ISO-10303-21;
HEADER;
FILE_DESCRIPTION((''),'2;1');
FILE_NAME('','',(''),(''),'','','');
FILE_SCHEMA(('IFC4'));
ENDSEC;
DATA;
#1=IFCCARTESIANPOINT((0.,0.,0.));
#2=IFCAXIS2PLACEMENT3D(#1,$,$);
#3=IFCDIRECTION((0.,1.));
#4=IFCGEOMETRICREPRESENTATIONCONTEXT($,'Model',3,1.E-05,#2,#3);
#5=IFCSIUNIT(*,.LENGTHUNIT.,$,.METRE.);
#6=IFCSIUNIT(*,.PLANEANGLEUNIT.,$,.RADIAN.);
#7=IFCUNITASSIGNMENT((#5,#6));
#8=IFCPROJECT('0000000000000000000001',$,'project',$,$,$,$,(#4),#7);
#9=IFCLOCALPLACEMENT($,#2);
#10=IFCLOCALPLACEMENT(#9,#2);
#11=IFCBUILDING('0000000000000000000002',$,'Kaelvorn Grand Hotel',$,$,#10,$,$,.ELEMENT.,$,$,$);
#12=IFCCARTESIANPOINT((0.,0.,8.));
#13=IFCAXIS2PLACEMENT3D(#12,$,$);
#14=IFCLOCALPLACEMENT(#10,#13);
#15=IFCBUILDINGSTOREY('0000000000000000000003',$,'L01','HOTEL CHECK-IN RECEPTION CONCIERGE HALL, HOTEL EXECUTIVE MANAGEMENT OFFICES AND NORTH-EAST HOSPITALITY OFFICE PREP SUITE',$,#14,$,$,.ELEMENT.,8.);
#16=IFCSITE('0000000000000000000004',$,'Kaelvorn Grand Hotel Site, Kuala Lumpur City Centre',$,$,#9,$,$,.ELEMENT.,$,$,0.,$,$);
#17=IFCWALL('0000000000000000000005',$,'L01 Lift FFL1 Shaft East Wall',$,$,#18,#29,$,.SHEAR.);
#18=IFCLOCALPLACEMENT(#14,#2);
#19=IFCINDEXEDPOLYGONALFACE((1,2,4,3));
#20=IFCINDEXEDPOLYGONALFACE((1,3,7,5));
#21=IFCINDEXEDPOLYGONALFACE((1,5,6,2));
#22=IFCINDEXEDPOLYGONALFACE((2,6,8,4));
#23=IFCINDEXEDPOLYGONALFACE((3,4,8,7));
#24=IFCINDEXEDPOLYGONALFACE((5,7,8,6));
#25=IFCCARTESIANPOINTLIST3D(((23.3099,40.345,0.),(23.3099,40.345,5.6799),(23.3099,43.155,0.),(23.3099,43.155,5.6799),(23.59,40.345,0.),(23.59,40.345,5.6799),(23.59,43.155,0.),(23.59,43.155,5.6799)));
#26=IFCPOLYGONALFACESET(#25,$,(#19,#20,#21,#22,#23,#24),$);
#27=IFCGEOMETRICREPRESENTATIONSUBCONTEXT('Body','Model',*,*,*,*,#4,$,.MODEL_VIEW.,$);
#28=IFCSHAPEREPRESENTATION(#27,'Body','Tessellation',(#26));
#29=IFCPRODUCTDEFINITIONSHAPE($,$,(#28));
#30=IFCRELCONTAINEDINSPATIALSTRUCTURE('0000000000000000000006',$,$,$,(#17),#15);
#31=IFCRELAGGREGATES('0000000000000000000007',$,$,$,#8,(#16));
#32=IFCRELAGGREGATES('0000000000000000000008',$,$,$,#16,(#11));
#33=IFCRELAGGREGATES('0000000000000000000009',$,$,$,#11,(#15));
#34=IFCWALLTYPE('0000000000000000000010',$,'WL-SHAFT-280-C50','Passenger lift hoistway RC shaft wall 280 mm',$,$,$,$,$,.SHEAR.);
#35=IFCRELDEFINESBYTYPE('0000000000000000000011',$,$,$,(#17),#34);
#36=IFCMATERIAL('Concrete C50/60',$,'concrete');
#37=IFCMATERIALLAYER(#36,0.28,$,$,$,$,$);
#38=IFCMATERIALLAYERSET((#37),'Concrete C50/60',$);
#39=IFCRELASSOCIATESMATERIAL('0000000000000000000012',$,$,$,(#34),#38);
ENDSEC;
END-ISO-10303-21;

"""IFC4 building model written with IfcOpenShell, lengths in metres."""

from ifc_helpers import new_model, si_unit, direction, frame, frame_2d, origin, place, context, subcontext, project, spatial, rectangle, extrude, material, layer, layer_set, type_object, element, save


model = new_model("IFC4")

# Units and contexts
model_context = context("Model", 3, precision=1e-05, world=origin(), true_north=direction((0.0, 1.0)))
body_context = subcontext(model_context, "Body", "Model", "MODEL_VIEW")
ifc_project = project(units=[si_unit("LENGTHUNIT", "METRE"), si_unit("PLANEANGLEUNIT", "RADIAN")], contexts=[model_context])

# Site, building, storey
site_placement = place(None, origin())
site = spatial("IfcSite", under=ifc_project, at=site_placement, Name="Kaelvorn Grand Hotel Site, Kuala Lumpur City Centre", CompositionType="ELEMENT", RefElevation=0.0)
building_placement = place(site_placement, origin())
building = spatial("IfcBuilding", under=site, at=building_placement, Name="Kaelvorn Grand Hotel", CompositionType="ELEMENT")
storey_placement = place(building_placement, frame((0.0, 0.0, 8.0)))
storey = spatial("IfcBuildingStorey", under=building, at=storey_placement, Name="L01", Description="HOTEL CHECK-IN RECEPTION CONCIERGE HALL, HOTEL EXECUTIVE MANAGEMENT OFFICES AND NORTH-EAST HOSPITALITY OFFICE PREP SUITE", CompositionType="ELEMENT", Elevation=8.0)

# Shared definitions
ifc_material_1 = material(Name="Concrete C50/60", Category="concrete")

# Wall
ifc_layer_1 = layer(ifc_material_1, 0.28)
ifc_layer_set_1 = layer_set([ifc_layer_1], Name="Concrete C50/60")
wall_type_1 = type_object("IfcWallType", Name="WL-SHAFT-280-C50", Description="Passenger lift hoistway RC shaft wall 280 mm", PredefinedType="SHEAR", material=ifc_layer_set_1)
wall_1_placement = place(storey_placement, frame((23.45, 40.345, 0.0), z_axis=(0.0, 0.0, 1.0), x_axis=(0.0, 1.0, 0.0)))
element("IfcWall", 1, at=wall_1_placement, inside=storey, type_object=wall_type_1, Name="L01 Lift FFL1 Shaft East Wall", PredefinedType="SHEAR", context=body_context, shape_type="SweptSolid", body=[
    extrude(rectangle(XDim=2.8101, YDim=0.28, at=frame_2d((1.405, 0.0))), origin(), (0.0, 0.0, 1.0), 5.6799),
])

save(model, "model.ifc")
